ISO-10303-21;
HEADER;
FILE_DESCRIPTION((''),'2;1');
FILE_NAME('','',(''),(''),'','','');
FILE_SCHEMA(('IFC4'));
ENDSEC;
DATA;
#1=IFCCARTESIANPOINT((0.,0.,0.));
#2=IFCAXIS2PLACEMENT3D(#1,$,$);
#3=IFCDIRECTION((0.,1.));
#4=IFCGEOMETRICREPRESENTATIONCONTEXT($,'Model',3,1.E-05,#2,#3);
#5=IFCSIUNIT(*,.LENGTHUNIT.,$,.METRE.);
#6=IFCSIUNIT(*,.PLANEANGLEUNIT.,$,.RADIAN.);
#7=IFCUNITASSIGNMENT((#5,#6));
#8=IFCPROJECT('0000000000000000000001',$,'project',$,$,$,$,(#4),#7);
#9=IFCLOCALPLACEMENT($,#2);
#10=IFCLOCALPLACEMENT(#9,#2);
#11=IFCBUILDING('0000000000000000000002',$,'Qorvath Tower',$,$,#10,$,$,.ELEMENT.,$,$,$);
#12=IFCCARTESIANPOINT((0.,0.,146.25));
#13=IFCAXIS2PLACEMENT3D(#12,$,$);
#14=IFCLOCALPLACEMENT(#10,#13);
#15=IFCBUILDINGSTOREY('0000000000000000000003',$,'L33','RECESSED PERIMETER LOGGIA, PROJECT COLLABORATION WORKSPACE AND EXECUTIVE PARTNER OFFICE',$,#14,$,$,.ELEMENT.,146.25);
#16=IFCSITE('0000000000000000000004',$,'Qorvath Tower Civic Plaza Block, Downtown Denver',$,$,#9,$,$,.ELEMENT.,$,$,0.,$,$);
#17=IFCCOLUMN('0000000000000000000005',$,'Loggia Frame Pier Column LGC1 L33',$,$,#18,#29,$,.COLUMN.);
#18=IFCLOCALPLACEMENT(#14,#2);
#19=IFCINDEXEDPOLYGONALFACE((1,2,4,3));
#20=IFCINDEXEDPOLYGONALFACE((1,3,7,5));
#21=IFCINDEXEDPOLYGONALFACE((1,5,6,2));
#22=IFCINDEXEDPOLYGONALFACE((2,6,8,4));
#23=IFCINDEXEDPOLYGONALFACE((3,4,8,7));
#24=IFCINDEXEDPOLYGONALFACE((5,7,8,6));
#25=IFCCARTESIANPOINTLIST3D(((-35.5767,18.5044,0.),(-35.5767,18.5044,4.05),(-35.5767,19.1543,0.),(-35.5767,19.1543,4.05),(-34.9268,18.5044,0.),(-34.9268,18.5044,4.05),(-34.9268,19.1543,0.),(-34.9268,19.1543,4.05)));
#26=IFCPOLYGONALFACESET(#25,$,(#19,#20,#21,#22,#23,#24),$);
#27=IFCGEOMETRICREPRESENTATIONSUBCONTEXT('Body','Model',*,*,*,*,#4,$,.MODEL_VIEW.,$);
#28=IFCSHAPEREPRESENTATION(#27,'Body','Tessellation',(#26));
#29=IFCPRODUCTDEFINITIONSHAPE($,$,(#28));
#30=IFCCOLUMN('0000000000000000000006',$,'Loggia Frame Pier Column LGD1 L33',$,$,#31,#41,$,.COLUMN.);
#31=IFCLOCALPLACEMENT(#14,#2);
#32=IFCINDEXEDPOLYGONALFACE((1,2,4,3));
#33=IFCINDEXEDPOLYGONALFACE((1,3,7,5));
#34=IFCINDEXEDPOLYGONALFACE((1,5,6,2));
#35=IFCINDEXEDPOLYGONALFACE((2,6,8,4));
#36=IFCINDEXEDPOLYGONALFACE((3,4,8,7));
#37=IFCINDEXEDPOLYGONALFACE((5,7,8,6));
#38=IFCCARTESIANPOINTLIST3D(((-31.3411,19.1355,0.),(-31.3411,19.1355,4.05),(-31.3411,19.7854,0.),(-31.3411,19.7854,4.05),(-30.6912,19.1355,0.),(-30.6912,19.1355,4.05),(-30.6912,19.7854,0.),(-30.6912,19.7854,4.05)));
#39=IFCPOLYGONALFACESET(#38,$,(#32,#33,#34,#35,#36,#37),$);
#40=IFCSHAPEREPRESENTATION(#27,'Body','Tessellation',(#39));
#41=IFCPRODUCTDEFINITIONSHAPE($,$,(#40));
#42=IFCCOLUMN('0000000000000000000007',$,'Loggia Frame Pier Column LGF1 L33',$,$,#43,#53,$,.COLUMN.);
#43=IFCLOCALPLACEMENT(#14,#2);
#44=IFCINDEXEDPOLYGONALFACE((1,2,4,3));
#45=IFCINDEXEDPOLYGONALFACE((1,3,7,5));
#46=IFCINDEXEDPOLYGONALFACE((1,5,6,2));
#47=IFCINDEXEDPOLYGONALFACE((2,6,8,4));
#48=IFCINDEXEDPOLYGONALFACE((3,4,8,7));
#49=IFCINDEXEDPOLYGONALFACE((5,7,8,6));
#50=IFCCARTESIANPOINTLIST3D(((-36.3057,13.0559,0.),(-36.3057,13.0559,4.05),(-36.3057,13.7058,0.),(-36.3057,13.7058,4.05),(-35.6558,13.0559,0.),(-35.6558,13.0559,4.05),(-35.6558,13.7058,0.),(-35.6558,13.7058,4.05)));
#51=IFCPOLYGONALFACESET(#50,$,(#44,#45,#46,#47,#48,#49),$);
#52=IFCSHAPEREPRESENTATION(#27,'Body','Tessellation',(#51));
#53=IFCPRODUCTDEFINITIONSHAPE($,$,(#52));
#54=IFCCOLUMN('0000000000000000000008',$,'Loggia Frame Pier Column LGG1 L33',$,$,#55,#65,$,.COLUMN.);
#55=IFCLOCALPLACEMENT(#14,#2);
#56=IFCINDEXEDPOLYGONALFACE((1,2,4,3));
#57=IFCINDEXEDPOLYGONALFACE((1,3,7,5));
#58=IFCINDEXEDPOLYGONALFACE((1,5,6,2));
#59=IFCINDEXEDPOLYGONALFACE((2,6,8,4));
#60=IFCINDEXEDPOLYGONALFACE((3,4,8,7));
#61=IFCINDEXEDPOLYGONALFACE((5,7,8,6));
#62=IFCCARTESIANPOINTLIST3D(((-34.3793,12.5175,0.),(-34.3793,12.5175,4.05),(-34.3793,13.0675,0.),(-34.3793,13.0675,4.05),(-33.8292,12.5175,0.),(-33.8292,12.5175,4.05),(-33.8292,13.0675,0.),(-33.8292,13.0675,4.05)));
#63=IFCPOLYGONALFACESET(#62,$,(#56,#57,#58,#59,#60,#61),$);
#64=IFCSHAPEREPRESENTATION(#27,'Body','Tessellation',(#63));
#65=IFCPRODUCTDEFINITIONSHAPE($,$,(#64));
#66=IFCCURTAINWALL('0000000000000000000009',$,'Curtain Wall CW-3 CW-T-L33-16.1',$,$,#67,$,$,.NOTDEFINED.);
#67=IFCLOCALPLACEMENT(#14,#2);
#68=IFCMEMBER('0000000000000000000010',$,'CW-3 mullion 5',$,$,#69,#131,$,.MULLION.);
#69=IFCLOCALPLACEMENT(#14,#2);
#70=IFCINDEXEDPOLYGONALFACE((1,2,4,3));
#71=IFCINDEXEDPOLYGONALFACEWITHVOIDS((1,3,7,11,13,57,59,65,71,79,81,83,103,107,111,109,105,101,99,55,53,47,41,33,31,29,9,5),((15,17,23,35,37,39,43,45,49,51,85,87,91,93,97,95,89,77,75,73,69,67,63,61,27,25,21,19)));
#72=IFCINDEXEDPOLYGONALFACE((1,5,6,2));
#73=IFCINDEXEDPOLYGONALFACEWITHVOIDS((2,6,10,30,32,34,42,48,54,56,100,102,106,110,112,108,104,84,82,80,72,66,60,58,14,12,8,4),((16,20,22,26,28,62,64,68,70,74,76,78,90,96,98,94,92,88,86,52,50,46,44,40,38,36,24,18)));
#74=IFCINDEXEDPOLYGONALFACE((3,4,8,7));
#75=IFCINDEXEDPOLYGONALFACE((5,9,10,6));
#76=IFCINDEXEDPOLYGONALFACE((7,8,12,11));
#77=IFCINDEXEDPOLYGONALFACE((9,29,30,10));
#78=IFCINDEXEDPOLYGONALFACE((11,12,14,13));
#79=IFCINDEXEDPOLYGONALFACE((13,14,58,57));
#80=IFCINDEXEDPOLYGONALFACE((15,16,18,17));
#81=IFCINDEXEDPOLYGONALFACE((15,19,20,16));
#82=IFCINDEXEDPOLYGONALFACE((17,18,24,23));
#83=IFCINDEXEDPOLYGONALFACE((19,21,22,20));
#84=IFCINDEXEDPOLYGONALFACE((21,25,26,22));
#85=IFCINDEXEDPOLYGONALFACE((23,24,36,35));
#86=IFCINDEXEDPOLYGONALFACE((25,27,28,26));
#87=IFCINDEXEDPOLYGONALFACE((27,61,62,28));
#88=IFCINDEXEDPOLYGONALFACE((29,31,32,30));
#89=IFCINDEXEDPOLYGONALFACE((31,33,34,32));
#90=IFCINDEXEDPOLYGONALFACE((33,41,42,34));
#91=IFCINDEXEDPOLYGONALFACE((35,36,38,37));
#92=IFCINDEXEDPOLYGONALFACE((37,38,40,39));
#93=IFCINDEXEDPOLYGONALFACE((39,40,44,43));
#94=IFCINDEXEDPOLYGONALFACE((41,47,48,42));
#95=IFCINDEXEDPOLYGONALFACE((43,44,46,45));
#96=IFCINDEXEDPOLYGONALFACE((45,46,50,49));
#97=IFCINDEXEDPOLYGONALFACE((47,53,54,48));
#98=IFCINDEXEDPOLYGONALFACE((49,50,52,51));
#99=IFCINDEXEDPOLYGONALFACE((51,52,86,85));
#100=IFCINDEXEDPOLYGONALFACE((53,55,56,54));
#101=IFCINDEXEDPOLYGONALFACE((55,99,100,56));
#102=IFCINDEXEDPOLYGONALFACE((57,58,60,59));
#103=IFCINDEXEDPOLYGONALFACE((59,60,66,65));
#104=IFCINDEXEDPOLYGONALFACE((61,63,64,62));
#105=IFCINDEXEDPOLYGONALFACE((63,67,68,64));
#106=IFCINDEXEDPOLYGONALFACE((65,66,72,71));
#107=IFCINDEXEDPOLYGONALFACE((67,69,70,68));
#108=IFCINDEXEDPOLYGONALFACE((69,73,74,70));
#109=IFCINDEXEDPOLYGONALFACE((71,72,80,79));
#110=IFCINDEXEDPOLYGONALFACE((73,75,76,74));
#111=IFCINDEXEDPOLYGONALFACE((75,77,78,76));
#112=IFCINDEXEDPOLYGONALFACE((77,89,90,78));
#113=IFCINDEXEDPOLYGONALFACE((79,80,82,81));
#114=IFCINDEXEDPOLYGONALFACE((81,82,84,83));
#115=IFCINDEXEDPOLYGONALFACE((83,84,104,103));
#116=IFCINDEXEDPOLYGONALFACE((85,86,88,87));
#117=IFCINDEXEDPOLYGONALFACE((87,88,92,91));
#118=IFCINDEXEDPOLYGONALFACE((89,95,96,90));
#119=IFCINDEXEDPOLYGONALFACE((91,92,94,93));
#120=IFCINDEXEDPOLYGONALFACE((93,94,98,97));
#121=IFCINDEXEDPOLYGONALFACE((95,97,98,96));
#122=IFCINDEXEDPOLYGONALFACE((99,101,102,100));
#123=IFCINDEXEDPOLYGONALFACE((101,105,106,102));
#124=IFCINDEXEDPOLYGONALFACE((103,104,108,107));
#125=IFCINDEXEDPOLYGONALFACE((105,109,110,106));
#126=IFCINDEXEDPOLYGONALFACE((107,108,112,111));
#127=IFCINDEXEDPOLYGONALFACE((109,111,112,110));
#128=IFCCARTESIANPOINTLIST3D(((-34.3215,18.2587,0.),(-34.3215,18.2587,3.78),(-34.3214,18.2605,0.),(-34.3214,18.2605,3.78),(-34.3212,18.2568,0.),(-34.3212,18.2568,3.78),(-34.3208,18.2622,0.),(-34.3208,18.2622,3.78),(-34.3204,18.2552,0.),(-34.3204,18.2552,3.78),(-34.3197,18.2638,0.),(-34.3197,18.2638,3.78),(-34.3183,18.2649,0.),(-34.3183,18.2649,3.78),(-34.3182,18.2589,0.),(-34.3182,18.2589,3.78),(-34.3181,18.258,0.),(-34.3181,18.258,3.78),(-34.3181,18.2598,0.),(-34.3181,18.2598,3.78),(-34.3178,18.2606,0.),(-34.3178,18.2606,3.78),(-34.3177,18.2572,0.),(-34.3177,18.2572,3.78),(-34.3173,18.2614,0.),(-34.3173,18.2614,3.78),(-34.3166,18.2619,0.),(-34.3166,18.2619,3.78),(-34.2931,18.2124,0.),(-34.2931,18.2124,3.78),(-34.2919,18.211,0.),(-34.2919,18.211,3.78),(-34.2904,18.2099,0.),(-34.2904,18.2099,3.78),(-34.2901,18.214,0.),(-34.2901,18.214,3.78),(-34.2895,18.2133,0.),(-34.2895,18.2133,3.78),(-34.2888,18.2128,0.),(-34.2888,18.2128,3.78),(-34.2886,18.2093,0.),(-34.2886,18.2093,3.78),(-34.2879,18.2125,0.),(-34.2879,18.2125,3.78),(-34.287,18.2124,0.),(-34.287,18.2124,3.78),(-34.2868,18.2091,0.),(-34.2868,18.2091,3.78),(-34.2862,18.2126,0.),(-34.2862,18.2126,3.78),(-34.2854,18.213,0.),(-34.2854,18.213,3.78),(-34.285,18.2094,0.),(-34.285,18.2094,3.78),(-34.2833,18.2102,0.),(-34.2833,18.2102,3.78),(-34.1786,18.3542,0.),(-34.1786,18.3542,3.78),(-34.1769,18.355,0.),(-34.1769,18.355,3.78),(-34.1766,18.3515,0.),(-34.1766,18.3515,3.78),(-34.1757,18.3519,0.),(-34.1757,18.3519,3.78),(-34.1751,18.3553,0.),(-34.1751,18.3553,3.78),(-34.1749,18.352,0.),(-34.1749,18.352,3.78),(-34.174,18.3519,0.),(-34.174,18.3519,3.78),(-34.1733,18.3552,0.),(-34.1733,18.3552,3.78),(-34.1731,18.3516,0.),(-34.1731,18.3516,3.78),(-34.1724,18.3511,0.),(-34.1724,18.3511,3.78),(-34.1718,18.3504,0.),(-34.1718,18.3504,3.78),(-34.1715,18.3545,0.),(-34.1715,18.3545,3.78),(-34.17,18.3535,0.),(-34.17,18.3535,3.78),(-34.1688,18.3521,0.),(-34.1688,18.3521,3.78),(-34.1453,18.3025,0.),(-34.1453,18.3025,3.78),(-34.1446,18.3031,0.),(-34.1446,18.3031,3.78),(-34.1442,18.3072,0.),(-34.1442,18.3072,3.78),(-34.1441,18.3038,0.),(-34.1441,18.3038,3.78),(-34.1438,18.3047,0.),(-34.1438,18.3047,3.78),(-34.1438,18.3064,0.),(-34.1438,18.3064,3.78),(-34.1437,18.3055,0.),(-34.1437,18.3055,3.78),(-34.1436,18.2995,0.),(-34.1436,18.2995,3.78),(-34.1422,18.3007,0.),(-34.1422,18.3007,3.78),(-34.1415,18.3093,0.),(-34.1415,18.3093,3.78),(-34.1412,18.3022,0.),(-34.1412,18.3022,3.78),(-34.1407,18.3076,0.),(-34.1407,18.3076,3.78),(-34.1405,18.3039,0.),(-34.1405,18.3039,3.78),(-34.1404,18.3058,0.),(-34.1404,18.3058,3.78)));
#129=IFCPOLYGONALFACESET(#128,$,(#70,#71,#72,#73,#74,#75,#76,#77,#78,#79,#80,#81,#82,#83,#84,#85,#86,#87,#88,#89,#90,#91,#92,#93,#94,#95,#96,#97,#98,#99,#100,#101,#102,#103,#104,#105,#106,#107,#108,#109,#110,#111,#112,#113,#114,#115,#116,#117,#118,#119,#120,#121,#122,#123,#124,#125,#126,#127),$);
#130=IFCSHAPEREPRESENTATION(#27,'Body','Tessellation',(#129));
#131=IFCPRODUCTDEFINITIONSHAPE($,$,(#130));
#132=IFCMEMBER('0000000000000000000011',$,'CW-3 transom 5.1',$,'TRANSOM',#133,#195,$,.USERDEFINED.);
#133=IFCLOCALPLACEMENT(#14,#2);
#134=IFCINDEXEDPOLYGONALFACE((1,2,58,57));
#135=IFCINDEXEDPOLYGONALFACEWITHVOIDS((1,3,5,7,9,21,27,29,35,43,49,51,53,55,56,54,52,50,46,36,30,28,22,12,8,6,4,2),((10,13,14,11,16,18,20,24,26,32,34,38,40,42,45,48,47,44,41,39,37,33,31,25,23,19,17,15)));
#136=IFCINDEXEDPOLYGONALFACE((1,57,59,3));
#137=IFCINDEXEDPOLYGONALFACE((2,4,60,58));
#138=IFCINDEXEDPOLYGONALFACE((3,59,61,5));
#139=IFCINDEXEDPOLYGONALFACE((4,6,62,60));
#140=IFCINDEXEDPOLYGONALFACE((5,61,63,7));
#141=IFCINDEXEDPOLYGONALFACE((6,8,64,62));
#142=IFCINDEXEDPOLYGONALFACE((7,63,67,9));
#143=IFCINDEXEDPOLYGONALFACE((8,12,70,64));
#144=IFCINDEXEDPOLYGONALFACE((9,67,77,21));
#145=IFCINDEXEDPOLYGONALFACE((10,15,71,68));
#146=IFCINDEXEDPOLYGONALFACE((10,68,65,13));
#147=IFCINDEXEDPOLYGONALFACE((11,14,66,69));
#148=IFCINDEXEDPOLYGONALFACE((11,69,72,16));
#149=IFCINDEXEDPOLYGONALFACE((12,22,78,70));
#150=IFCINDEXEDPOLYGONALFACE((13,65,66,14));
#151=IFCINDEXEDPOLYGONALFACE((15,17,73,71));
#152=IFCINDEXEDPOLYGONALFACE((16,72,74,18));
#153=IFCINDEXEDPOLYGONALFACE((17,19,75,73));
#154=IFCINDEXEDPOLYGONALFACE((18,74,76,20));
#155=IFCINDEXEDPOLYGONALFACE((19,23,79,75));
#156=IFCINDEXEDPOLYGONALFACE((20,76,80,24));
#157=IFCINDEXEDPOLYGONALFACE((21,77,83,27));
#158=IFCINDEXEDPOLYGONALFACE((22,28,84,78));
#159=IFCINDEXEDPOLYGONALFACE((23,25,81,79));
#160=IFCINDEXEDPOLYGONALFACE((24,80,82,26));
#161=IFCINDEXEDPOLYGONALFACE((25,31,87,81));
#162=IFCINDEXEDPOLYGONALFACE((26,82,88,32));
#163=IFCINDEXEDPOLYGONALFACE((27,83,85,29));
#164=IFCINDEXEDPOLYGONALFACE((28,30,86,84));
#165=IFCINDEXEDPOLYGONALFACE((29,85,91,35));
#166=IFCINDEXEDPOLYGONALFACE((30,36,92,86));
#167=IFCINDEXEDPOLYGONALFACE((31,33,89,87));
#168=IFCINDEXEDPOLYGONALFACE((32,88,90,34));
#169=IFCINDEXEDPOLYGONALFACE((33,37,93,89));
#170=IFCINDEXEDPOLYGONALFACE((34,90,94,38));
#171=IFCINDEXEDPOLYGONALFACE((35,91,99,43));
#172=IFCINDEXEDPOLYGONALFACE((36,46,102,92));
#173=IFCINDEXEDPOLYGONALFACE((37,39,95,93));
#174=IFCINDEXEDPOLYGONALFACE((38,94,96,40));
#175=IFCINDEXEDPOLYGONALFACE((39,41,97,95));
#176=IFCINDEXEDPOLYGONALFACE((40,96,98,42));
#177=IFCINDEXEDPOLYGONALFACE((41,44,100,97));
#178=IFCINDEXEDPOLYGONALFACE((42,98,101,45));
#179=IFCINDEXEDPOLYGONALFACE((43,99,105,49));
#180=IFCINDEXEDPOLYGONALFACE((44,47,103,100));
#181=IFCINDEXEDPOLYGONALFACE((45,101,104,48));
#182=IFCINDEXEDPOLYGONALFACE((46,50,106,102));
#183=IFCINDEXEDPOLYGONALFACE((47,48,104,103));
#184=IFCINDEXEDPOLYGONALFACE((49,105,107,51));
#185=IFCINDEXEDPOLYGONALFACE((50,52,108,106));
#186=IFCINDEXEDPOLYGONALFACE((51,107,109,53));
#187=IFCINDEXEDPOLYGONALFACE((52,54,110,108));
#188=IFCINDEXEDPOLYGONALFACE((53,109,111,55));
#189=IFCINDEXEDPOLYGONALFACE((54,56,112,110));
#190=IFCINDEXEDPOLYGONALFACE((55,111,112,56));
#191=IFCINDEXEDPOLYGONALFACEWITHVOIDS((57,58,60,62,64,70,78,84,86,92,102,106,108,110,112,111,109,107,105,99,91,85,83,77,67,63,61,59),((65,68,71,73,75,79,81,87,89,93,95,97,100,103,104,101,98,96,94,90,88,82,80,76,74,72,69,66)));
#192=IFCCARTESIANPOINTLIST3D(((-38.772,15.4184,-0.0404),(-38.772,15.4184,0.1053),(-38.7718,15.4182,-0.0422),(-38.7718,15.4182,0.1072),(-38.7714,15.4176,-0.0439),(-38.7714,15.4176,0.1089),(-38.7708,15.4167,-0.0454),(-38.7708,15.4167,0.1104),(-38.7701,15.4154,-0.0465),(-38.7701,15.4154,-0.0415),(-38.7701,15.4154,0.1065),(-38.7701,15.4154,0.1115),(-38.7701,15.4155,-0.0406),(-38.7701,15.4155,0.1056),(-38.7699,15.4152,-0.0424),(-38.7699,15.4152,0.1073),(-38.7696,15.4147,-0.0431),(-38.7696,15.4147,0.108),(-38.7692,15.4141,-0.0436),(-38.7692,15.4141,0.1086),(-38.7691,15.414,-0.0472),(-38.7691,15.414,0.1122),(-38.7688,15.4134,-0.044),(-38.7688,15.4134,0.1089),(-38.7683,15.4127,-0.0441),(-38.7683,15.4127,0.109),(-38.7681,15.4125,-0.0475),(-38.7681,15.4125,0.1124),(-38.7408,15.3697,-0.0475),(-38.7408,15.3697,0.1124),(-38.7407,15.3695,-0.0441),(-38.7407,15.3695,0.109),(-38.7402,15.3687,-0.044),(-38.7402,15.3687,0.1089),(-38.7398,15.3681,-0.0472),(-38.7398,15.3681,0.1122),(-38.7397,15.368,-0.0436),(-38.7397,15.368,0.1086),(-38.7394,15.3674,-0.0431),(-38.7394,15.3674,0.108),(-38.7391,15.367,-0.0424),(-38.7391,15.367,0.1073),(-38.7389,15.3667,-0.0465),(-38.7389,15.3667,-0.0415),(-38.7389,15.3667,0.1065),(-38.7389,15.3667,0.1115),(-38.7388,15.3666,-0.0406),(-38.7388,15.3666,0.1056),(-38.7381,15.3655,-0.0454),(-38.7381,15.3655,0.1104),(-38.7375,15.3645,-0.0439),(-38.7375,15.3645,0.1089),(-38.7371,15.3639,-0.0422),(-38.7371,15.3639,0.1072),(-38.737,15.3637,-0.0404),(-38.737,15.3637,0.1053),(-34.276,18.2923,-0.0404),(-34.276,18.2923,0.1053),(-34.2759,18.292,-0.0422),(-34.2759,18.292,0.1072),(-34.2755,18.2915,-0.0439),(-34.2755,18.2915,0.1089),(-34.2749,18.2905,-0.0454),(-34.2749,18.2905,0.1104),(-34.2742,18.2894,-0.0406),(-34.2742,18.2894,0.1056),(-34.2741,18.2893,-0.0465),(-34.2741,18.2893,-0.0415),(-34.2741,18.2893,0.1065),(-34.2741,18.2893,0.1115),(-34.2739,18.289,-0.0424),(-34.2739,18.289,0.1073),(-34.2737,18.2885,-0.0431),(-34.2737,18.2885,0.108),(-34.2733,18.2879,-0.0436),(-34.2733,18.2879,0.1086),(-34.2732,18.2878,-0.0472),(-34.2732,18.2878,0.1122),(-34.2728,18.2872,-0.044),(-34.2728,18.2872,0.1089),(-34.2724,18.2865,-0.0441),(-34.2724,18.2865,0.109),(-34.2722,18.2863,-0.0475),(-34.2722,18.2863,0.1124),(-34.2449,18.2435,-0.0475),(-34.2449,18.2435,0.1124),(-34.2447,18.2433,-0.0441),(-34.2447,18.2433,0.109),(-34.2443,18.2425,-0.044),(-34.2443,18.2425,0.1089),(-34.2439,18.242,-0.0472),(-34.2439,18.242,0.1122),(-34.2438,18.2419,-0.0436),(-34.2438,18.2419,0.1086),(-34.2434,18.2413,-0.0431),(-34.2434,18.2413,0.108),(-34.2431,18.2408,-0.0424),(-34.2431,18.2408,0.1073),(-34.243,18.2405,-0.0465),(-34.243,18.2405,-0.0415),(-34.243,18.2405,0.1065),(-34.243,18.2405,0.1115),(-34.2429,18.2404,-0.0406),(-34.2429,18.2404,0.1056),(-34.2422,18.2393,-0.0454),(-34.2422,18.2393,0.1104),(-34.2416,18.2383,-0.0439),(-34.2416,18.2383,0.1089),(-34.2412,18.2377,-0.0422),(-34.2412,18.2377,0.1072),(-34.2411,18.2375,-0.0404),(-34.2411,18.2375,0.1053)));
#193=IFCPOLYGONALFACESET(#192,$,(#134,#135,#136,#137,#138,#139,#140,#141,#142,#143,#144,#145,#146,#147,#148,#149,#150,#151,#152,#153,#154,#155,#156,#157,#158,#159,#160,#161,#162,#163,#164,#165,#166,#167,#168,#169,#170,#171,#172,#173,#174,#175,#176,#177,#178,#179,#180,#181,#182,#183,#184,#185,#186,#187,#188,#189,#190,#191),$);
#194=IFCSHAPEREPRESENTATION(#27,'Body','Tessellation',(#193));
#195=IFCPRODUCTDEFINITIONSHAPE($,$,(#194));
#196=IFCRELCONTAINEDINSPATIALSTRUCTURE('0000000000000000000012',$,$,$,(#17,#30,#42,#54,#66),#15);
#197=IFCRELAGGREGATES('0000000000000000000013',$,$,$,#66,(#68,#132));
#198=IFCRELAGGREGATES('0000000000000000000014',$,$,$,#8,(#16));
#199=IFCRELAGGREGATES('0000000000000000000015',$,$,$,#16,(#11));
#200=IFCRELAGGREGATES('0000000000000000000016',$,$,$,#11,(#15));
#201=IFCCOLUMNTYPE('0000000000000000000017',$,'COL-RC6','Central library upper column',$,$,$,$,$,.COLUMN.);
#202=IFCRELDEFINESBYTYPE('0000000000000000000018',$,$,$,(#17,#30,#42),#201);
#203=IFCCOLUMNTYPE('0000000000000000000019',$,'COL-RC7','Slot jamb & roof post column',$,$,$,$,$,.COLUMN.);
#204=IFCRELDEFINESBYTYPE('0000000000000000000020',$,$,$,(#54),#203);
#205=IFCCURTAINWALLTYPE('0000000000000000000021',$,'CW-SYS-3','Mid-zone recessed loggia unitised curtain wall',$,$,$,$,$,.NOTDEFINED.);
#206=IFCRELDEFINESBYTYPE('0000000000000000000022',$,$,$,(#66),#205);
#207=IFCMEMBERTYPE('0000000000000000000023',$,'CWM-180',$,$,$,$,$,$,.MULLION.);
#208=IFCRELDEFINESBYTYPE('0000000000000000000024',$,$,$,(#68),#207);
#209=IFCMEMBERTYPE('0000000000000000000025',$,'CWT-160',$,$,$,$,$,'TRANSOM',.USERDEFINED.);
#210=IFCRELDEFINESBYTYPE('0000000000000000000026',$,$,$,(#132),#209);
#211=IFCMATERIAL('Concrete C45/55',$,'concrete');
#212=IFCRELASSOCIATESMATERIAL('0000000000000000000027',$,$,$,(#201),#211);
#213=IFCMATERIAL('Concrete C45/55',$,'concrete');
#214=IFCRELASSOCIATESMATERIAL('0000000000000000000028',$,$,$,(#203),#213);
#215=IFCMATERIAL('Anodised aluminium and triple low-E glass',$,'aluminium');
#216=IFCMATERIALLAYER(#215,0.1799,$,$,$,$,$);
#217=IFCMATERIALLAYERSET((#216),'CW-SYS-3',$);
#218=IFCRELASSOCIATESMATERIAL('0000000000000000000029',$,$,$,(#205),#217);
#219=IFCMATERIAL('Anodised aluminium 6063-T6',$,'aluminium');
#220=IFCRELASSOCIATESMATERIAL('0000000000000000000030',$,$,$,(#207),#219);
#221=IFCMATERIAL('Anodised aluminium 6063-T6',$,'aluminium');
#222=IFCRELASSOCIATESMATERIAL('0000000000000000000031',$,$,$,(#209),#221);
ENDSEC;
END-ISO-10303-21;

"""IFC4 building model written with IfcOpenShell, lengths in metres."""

from ifc_helpers import new_model, si_unit, direction, frame, origin, origin_2d, place, context, subcontext, project, spatial, rectangle, hollow_rectangle, extrude, material, layer, layer_set, material_profile, profile_set, type_object, element, aggregate, save


model = new_model("IFC4")

# Units and contexts
model_context = context("Model", 3, precision=1e-05, world=origin(), true_north=direction((0.0, 1.0)))
body_context = subcontext(model_context, "Body", "Model", "MODEL_VIEW")
ifc_project = project(units=[si_unit("LENGTHUNIT", "METRE"), si_unit("PLANEANGLEUNIT", "RADIAN")], contexts=[model_context])

# Site, building, storey
site_placement = place(None, origin())
site = spatial("IfcSite", under=ifc_project, at=site_placement, Name="Qorvath Tower Civic Plaza Block, Downtown Denver", CompositionType="ELEMENT", RefElevation=0.0)
building_placement = place(site_placement, origin())
building = spatial("IfcBuilding", under=site, at=building_placement, Name="Qorvath Tower", CompositionType="ELEMENT")
storey_placement = place(building_placement, frame((0.0, 0.0, 146.25)))
storey = spatial("IfcBuildingStorey", under=building, at=storey_placement, Name="L33", Description="RECESSED PERIMETER LOGGIA, PROJECT COLLABORATION WORKSPACE AND EXECUTIVE PARTNER OFFICE", CompositionType="ELEMENT", Elevation=146.25)

# Columns
ifc_material_1 = material(Name="Concrete C45/55", Category="concrete")
ifc_material_profile_1 = material_profile(ifc_material_1, rectangle(XDim=0.6499, YDim=0.6499, at=origin_2d()), Name="RC 650x650")
ifc_profile_set_1 = profile_set([ifc_material_profile_1], Name="Concrete C45/55")
column_type_1 = type_object("IfcColumnType", Name="COL-RC6", Description="Central library upper column", PredefinedType="COLUMN", material=ifc_profile_set_1)
for number, where, z_axis, x_axis, name in (
    (1, (-35.2517, 18.8293, 0.0), (0.0, 0.0, 1.0), (1.0, 0.0, 0.0), "Loggia Frame Pier Column LGC1 L33"),
    (2, (-31.0161, 19.4604, 0.0), (0.0, 0.0, 1.0), (1.0, 0.0, 0.0), "Loggia Frame Pier Column LGD1 L33"),
    (3, (-35.9807, 13.3809, 0.0), (0.0, 0.0, 1.0), (1.0, 0.0, 0.0), "Loggia Frame Pier Column LGF1 L33"),
):
    element("IfcColumn", number, at=place(storey_placement, frame(where, z_axis=z_axis, x_axis=x_axis)), inside=storey, type_object=column_type_1, Name=name, PredefinedType="COLUMN", context=body_context, shape_type="SweptSolid", body=[
        extrude(rectangle(XDim=0.6499, YDim=0.6499, at=origin_2d()), origin(), (0.0, 0.0, 1.0), 4.05),
    ])
ifc_material_2 = material(Name="Concrete C45/55", Category="concrete")
ifc_material_profile_2 = material_profile(ifc_material_2, rectangle(XDim=0.55, YDim=0.55, at=origin_2d()), Name="RC 550x550")
ifc_profile_set_2 = profile_set([ifc_material_profile_2], Name="Concrete C45/55")
column_type_2 = type_object("IfcColumnType", Name="COL-RC7", Description="Slot jamb & roof post column", PredefinedType="COLUMN", material=ifc_profile_set_2)
column_placement = place(storey_placement, frame((-34.1042, 12.7925, 0.0), z_axis=(0.0, 0.0, 1.0), x_axis=(1.0, 0.0, 0.0)))
element("IfcColumn", 4, at=column_placement, inside=storey, type_object=column_type_2, Name="Loggia Frame Pier Column LGG1 L33", PredefinedType="COLUMN", context=body_context, shape_type="SweptSolid", body=[
    extrude(rectangle(XDim=0.55, YDim=0.55, at=origin_2d()), origin(), (0.0, 0.0, 1.0), 4.05),
])

# Curtain wall, members
ifc_material_3 = material(Name="Anodised aluminium and triple low-E glass", Category="aluminium")
ifc_layer_1 = layer(ifc_material_3, 0.1799)
ifc_layer_set_1 = layer_set([ifc_layer_1], Name="CW-SYS-3")
curtain_wall_type = type_object("IfcCurtainWallType", Name="CW-SYS-3", Description="Mid-zone recessed loggia unitised curtain wall", PredefinedType="NOTDEFINED", material=ifc_layer_set_1)
curtain_wall_placement = place(storey_placement, origin())
curtain_wall = element("IfcCurtainWall", 5, at=curtain_wall_placement, inside=storey, type_object=curtain_wall_type, Name="Curtain Wall CW-3 CW-T-L33-16.1", PredefinedType="NOTDEFINED")
ifc_material_4 = material(Name="Anodised aluminium 6063-T6", Category="aluminium")
ifc_material_profile_3 = material_profile(ifc_material_4, hollow_rectangle(XDim=0.0649, YDim=0.1799, WallThickness=0.0034, InnerFilletRadius=0.0034, OuterFilletRadius=0.0071, at=origin_2d()), Name="CWM 180x65")
ifc_profile_set_3 = profile_set([ifc_material_profile_3], Name="Anodised aluminium 6063-T6")
member_type_1 = type_object("IfcMemberType", Name="CWM-180", PredefinedType="MULLION", material=ifc_profile_set_3)
member_1_placement = place(storey_placement, frame((-34.231, 18.2822, 0.0), z_axis=(0.0, 0.0, 1.0), x_axis=(0.538533, -0.842604, 0.0)))
member_1 = element("IfcMember", 6, at=member_1_placement, type_object=member_type_1, Name="CW-3 mullion 5", PredefinedType="MULLION", context=body_context, shape_type="SweptSolid", body=[
    extrude(hollow_rectangle(XDim=0.0649, YDim=0.1799, WallThickness=0.0034, InnerFilletRadius=0.0034, OuterFilletRadius=0.0071, at=origin_2d()), origin(), (0.0, 0.0, 1.0), 3.78),
])
ifc_material_5 = material(Name="Anodised aluminium 6063-T6", Category="aluminium")
ifc_material_profile_4 = material_profile(ifc_material_5, hollow_rectangle(XDim=0.0649, YDim=0.1599, WallThickness=0.0034, InnerFilletRadius=0.0034, OuterFilletRadius=0.0071, at=origin_2d()), Name="CWT 160x65")
ifc_profile_set_4 = profile_set([ifc_material_profile_4], Name="Anodised aluminium 6063-T6")
member_type_2 = type_object("IfcMemberType", Name="CWT-160", ElementType="TRANSOM", PredefinedType="USERDEFINED", material=ifc_profile_set_4)
member_2_placement = place(storey_placement, frame((-34.2585, 18.2649, 0.0325), z_axis=(-0.842575, -0.53858, 0.0), x_axis=(0.53858, -0.842575, 0.0)))
member_2 = element("IfcMember", 7, at=member_2_placement, type_object=member_type_2, Name="CW-3 transom 5.1", ObjectType="TRANSOM", PredefinedType="USERDEFINED", context=body_context, shape_type="SweptSolid", body=[
    extrude(hollow_rectangle(XDim=0.0649, YDim=0.1599, WallThickness=0.0034, InnerFilletRadius=0.0034, OuterFilletRadius=0.0071, at=origin_2d()), origin(), (0.0, 0.0, 1.0), 5.3359),
])
aggregate(curtain_wall, [member_1, member_2])

save(model, "model.ifc")
